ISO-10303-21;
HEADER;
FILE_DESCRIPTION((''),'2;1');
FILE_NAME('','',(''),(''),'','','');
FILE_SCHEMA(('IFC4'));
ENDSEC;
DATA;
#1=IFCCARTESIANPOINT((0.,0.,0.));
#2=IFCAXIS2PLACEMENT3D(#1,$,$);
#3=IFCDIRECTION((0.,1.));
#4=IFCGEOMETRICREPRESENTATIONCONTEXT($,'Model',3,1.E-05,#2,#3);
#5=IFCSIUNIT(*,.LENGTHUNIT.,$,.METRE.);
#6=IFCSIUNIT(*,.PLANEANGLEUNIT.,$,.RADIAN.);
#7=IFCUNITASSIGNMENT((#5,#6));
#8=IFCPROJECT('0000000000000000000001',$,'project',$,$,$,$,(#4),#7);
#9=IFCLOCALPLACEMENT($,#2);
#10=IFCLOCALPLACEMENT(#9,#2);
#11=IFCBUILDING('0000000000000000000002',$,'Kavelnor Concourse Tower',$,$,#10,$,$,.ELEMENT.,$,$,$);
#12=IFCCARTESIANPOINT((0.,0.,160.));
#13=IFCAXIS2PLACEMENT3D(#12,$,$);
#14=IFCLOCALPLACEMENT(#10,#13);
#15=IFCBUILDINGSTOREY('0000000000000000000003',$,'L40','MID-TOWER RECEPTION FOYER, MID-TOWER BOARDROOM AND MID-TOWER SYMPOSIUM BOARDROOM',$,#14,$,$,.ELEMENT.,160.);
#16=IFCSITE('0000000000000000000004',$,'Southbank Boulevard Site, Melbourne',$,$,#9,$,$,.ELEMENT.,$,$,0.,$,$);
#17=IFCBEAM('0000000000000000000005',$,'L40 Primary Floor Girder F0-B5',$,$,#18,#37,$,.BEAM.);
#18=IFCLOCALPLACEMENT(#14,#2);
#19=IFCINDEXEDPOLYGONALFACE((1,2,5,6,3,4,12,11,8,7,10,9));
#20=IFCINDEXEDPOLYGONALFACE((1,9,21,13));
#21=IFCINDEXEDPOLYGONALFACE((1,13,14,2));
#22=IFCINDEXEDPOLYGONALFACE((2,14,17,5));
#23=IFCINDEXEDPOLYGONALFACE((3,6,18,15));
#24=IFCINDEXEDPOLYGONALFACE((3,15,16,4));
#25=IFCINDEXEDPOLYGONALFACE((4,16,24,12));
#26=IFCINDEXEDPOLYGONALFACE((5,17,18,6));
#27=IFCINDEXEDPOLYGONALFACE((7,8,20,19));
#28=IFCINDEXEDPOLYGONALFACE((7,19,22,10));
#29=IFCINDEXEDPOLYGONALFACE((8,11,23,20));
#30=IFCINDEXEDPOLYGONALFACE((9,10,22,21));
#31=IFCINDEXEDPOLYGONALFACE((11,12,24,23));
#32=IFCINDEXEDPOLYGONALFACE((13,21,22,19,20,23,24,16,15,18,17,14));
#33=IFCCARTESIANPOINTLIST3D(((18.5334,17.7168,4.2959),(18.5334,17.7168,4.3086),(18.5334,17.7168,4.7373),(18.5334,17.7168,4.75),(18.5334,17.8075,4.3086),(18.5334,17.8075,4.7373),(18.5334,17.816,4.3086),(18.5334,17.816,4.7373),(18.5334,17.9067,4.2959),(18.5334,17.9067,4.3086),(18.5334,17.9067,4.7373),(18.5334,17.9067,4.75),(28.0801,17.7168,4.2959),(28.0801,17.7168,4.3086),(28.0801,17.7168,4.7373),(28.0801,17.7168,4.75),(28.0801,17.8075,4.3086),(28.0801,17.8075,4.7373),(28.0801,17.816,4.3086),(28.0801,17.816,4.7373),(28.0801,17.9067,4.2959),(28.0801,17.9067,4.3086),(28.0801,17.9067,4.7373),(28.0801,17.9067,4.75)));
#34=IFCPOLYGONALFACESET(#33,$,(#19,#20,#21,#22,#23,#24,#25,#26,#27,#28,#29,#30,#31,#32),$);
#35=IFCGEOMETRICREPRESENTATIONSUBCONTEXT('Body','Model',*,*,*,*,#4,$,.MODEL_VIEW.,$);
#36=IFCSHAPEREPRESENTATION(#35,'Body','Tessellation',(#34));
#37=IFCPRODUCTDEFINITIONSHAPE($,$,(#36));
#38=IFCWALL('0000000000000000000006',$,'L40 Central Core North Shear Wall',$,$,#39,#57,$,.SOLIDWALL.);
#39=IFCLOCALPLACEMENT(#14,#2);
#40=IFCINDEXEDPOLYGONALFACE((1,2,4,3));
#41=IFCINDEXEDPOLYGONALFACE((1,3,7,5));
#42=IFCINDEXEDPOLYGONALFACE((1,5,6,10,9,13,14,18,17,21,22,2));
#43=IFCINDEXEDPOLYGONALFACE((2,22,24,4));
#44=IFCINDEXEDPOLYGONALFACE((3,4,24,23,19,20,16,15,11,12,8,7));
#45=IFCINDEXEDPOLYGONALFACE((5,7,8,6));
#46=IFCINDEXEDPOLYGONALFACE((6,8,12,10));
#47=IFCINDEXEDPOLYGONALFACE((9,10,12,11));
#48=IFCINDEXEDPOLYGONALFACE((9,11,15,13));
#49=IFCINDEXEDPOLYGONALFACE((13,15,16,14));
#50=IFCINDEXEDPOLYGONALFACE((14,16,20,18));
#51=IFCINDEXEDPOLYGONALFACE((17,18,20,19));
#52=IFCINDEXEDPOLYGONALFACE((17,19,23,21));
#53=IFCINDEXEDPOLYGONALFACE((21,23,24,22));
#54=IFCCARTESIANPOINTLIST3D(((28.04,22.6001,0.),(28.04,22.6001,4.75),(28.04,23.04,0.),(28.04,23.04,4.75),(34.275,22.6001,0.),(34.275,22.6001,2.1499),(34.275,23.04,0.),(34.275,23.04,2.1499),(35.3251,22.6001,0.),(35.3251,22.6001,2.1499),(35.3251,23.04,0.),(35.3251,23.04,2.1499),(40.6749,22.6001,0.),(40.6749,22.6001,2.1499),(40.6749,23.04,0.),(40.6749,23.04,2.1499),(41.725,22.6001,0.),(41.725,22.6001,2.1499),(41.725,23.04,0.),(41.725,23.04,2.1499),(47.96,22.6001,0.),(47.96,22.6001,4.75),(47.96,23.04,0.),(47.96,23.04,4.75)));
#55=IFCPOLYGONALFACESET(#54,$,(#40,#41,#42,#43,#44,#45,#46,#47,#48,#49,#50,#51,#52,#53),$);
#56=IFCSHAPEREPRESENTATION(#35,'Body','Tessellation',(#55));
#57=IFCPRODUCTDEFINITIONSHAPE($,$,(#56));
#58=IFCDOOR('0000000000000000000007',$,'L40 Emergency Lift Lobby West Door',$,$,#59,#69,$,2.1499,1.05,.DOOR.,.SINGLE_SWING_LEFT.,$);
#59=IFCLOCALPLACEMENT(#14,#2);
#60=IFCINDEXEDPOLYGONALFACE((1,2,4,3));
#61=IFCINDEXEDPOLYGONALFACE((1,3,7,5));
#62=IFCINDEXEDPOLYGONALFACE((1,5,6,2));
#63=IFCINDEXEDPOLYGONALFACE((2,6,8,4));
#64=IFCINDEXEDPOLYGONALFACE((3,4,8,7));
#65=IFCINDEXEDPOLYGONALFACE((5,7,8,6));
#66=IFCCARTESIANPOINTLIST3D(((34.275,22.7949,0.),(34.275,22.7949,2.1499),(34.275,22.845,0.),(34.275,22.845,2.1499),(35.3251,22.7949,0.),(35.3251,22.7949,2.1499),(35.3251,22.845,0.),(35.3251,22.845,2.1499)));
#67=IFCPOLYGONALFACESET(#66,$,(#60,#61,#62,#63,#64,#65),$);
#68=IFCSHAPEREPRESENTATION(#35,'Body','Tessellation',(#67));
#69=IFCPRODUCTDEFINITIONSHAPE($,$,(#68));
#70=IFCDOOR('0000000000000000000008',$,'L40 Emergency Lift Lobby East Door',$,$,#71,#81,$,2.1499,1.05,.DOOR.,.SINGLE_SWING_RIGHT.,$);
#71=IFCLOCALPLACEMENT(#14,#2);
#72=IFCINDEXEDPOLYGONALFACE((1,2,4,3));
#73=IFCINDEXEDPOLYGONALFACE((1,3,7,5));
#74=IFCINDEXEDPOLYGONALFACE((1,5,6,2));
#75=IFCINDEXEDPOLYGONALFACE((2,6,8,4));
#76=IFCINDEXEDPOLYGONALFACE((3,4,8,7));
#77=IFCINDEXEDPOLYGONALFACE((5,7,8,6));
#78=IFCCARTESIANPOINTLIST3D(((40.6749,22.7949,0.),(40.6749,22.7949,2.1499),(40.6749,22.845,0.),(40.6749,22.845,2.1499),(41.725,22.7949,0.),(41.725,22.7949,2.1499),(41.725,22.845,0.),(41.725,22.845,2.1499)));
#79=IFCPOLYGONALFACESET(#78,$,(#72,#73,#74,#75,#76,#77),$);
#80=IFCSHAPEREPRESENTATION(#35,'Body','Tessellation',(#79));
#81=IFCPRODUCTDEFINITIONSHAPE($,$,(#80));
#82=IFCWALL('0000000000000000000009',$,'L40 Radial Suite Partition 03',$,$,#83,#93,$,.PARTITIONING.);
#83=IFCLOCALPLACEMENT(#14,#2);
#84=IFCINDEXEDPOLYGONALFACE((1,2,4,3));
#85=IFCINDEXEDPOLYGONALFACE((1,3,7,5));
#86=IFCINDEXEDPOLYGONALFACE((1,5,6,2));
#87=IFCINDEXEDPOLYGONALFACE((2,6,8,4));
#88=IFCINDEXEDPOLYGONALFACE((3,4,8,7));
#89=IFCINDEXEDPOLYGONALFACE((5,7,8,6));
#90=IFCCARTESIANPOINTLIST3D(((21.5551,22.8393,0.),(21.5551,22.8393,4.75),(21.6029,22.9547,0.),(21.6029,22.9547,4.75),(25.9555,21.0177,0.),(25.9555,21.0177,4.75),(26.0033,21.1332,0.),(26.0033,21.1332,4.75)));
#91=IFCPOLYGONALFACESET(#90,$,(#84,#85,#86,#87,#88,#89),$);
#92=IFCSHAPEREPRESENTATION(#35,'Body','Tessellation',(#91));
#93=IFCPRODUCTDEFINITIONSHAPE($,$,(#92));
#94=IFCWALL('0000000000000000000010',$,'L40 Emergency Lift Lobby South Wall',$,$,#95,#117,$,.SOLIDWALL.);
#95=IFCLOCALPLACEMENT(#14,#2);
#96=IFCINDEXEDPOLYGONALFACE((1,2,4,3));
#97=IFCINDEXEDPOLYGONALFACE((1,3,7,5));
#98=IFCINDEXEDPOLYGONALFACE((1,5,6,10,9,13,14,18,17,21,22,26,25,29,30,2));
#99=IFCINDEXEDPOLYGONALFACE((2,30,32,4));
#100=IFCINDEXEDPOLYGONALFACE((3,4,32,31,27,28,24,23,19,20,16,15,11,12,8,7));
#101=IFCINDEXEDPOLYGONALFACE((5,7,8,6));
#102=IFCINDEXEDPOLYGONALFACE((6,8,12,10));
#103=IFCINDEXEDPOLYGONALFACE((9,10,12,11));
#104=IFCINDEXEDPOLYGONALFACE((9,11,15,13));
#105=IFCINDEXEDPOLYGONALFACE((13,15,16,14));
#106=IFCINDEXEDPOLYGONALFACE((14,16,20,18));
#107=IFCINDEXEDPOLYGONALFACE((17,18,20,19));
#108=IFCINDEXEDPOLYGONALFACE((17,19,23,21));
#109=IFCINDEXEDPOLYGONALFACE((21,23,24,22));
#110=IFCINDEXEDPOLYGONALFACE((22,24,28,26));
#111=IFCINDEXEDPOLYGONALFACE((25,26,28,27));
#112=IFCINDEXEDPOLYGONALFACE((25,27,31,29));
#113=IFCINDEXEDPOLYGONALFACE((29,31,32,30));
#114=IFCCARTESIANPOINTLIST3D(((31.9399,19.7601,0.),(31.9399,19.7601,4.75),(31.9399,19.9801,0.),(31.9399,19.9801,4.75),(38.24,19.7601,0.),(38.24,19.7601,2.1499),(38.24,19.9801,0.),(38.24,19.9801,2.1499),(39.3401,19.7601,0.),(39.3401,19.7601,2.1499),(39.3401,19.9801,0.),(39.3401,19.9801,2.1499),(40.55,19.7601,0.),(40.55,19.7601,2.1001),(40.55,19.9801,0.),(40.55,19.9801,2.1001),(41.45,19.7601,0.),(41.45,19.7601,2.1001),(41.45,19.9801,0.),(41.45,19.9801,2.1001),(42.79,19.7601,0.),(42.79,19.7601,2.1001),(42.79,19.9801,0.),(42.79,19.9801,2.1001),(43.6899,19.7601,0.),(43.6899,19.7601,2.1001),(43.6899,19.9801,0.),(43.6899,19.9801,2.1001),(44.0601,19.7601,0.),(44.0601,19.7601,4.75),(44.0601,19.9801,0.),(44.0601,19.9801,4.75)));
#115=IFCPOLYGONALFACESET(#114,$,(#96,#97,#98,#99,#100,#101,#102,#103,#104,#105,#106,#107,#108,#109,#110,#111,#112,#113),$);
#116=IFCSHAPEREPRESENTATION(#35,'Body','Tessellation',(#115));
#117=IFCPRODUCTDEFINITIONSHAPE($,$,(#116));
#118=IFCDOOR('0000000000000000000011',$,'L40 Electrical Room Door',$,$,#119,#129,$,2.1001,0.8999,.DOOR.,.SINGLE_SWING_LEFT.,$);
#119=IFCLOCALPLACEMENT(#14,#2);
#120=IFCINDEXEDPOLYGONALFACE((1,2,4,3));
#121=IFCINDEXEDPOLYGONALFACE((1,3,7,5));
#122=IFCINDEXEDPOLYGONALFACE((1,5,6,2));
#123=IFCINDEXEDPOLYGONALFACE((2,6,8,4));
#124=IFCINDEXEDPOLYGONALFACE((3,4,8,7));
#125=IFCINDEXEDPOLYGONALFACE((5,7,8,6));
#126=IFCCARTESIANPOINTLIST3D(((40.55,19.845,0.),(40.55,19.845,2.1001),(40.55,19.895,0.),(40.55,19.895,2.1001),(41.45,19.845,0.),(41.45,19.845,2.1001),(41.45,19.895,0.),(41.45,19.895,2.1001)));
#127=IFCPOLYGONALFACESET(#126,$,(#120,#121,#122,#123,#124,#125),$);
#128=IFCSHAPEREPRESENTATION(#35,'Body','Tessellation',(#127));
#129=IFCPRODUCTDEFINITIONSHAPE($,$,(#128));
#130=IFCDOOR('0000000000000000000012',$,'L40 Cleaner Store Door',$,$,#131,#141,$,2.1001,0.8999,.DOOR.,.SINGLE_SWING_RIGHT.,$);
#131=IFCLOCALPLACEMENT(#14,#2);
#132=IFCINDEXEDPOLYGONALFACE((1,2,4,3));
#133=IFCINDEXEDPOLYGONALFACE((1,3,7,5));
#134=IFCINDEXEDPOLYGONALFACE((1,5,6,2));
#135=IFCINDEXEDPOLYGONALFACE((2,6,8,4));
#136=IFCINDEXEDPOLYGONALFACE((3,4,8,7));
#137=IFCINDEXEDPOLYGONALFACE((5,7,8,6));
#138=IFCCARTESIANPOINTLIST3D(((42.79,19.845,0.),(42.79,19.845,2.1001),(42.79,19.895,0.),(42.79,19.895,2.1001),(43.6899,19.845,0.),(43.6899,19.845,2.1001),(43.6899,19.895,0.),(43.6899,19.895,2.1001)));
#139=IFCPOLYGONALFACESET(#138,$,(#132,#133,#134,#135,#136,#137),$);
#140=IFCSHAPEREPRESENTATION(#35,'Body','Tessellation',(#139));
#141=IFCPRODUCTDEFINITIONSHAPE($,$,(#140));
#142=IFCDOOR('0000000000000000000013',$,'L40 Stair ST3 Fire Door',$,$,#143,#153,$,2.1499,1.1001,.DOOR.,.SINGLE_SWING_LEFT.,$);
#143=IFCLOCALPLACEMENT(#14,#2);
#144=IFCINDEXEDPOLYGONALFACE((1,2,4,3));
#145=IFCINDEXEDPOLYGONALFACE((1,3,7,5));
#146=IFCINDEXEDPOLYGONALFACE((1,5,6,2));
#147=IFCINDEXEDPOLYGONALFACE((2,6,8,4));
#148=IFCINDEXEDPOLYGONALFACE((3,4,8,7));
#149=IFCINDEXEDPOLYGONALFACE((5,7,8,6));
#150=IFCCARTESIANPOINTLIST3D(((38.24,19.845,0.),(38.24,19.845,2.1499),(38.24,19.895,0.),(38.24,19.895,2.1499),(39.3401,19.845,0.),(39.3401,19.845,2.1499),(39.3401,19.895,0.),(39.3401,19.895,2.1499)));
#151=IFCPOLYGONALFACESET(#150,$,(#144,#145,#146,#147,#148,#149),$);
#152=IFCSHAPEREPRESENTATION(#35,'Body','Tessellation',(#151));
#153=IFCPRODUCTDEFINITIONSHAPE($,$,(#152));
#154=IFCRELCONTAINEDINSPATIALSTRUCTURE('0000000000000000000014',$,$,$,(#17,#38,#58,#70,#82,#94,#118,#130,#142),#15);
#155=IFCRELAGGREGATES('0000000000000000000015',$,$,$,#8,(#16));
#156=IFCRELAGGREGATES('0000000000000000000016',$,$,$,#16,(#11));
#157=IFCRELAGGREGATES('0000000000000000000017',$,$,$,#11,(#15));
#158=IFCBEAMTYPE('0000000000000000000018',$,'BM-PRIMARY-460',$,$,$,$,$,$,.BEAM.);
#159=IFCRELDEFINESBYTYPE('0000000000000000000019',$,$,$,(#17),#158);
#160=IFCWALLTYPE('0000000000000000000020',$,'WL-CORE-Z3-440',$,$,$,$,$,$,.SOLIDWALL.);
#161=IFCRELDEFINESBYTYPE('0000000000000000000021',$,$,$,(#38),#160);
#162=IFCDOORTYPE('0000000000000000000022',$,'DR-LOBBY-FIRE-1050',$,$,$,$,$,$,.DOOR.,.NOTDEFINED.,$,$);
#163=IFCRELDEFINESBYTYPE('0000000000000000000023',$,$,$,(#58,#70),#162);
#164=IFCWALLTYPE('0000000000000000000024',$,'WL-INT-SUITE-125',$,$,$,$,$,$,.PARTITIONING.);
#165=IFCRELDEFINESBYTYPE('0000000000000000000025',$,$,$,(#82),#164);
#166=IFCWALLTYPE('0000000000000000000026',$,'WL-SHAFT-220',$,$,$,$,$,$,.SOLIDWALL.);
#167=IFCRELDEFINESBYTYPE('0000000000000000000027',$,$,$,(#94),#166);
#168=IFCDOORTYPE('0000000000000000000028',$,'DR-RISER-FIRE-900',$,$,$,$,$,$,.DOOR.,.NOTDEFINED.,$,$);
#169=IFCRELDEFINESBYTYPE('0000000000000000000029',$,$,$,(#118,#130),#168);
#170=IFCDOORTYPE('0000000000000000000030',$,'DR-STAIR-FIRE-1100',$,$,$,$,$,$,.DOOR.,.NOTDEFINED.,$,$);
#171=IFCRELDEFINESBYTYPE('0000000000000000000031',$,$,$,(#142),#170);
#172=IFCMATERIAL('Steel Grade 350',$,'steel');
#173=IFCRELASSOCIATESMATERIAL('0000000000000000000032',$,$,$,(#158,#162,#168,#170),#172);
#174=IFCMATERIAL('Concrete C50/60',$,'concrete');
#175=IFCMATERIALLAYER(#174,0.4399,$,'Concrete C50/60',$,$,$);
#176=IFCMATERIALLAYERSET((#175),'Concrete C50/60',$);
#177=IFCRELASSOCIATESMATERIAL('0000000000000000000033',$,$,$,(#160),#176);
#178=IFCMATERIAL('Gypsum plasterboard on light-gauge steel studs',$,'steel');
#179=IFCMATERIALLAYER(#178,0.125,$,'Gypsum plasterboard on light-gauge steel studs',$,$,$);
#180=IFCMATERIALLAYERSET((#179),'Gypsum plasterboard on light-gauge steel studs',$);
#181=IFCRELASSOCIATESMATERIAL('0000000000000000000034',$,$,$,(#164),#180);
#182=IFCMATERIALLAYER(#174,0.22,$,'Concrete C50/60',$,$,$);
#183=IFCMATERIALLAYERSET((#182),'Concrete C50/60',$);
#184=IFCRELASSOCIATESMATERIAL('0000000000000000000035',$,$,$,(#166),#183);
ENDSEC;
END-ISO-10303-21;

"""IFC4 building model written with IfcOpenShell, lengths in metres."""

from ifc_helpers import new_model, si_unit, direction, frame, frame_2d, origin, origin_2d, place, context, subcontext, project, spatial, rectangle, i_section, extrude, material, layer, layer_set, material_profile, profile_set, type_object, element, fill, save


model = new_model("IFC4")

# Units and contexts
model_context = context("Model", 3, precision=1e-05, world=origin(), true_north=direction((0.0, 1.0)))
body_context = subcontext(model_context, "Body", "Model", "MODEL_VIEW")
ifc_project = project(units=[si_unit("LENGTHUNIT", "METRE"), si_unit("PLANEANGLEUNIT", "RADIAN")], contexts=[model_context])

# Site, building, storey
site_placement = place(None, origin())
site = spatial("IfcSite", under=ifc_project, at=site_placement, Name="Southbank Boulevard Site, Melbourne", CompositionType="ELEMENT", RefElevation=0.0)
building_placement = place(site_placement, origin())
building = spatial("IfcBuilding", under=site, at=building_placement, Name="Kavelnor Concourse Tower", CompositionType="ELEMENT")
storey_placement = place(building_placement, frame((0.0, 0.0, 160.0)))
storey = spatial("IfcBuildingStorey", under=building, at=storey_placement, Name="L40", Description="MID-TOWER RECEPTION FOYER, MID-TOWER BOARDROOM AND MID-TOWER SYMPOSIUM BOARDROOM", CompositionType="ELEMENT", Elevation=160.0)

# Beam
ifc_material_1 = material(Name="Steel Grade 350", Category="steel")
ifc_material_profile_1 = material_profile(ifc_material_1, i_section(OverallWidth=0.1899, OverallDepth=0.4541, WebThickness=0.0085, FlangeThickness=0.0127, at=origin_2d()), Name="460UB67")
ifc_profile_set_1 = profile_set([ifc_material_profile_1], Name="Steel Grade 350")
beam_type_1 = type_object("IfcBeamType", Name="BM-PRIMARY-460", PredefinedType="BEAM", material=ifc_profile_set_1)
beam_1_placement = place(storey_placement, frame((28.0801, 17.8118, 4.5229), z_axis=(-1.0, 0.0, 0.0), x_axis=(0.0, -1.0, 0.0)))
element("IfcBeam", 1, at=beam_1_placement, inside=storey, type_object=beam_type_1, Name="L40 Primary Floor Girder F0-B5", PredefinedType="BEAM", context=body_context, shape_type="SweptSolid", body=[
    extrude(i_section(OverallWidth=0.1899, OverallDepth=0.4541, WebThickness=0.0085, FlangeThickness=0.0127, at=origin_2d()), origin(), (0.0, 0.0, 1.0), 9.5466),
])

# Wall, openings, doors
ifc_material_2 = material(Name="Concrete C50/60", Category="concrete")
ifc_layer_1 = layer(ifc_material_2, 0.4399, Name="Concrete C50/60")
ifc_layer_set_1 = layer_set([ifc_layer_1], Name="Concrete C50/60")
wall_type_1 = type_object("IfcWallType", Name="WL-CORE-Z3-440", PredefinedType="SOLIDWALL", material=ifc_layer_set_1)
wall_1_placement = place(storey_placement, frame((28.04, 22.8201, 0.0), z_axis=(0.0, 0.0, 1.0), x_axis=(1.0, 0.0, 0.0)))
wall_1 = element("IfcWall", 2, at=wall_1_placement, inside=storey, type_object=wall_type_1, Name="L40 Central Core North Shear Wall", PredefinedType="SOLIDWALL", context=body_context, shape_type="SweptSolid", body=[
    extrude(rectangle(XDim=19.9199, YDim=0.4399, at=frame_2d((9.96, 0.0))), origin(), (0.0, 0.0, 1.0), 4.75),
])
opening_1_placement = place(wall_1_placement, frame((6.2351, 0.0, 0.0)))
opening_1 = element("IfcOpeningElement", 3, at=opening_1_placement, cuts=wall_1, PredefinedType="OPENING", context=body_context, shape_type="SweptSolid", body=[
    extrude(rectangle(XDim=1.05, YDim=2.1499, at=frame_2d((0.5249, 1.075))), frame((0.0, 0.23, 0.0), z_axis=(0.0, -1.0, 0.0), x_axis=(1.0, 0.0, 0.0)), (0.0, 0.0, 1.0), 0.46),
])
opening_2_placement = place(wall_1_placement, frame((12.635, 0.0, 0.0)))
opening_2 = element("IfcOpeningElement", 4, at=opening_2_placement, cuts=wall_1, PredefinedType="OPENING", context=body_context, shape_type="SweptSolid", body=[
    extrude(rectangle(XDim=1.05, YDim=2.1499, at=frame_2d((0.5249, 1.075))), frame((0.0, 0.23, 0.0), z_axis=(0.0, -1.0, 0.0), x_axis=(1.0, 0.0, 0.0)), (0.0, 0.0, 1.0), 0.46),
])
door_type_1 = type_object("IfcDoorType", Name="DR-LOBBY-FIRE-1050", OperationType="NOTDEFINED", PredefinedType="DOOR", material=ifc_material_1)
door_1_placement = place(opening_1_placement, origin())
door_1 = element("IfcDoor", 5, at=door_1_placement, inside=storey, type_object=door_type_1, Name="L40 Emergency Lift Lobby West Door", OperationType="SINGLE_SWING_LEFT", OverallHeight=2.1499, OverallWidth=1.05, PredefinedType="DOOR", context=body_context, shape_type="SweptSolid", body=[
    extrude(rectangle(XDim=1.05, YDim=2.1499, at=frame_2d((0.5249, 1.075))), frame((0.0, 0.0249, 0.0), z_axis=(0.0, -1.0, 0.0), x_axis=(1.0, 0.0, 0.0)), (0.0, 0.0, 1.0), 0.05),
])
fill(opening_1, door_1)
door_2_placement = place(opening_2_placement, origin())
door_2 = element("IfcDoor", 6, at=door_2_placement, inside=storey, type_object=door_type_1, Name="L40 Emergency Lift Lobby East Door", OperationType="SINGLE_SWING_RIGHT", OverallHeight=2.1499, OverallWidth=1.05, PredefinedType="DOOR", context=body_context, shape_type="SweptSolid", body=[
    extrude(rectangle(XDim=1.05, YDim=2.1499, at=frame_2d((0.5249, 1.075))), frame((0.0, 0.0249, 0.0), z_axis=(0.0, -1.0, 0.0), x_axis=(1.0, 0.0, 0.0)), (0.0, 0.0, 1.0), 0.05),
])
fill(opening_2, door_2)

# Wall
ifc_material_3 = material(Name="Gypsum plasterboard on light-gauge steel studs", Category="steel")
ifc_layer_2 = layer(ifc_material_3, 0.125, Name="Gypsum plasterboard on light-gauge steel studs")
ifc_layer_set_2 = layer_set([ifc_layer_2], Name="Gypsum plasterboard on light-gauge steel studs")
wall_type_2 = type_object("IfcWallType", Name="WL-INT-SUITE-125", PredefinedType="PARTITIONING", material=ifc_layer_set_2)
wall_2_placement = place(storey_placement, frame((25.9795, 21.0754, 0.0), z_axis=(0.0, 0.0, 1.0), x_axis=(-0.923966, 0.382474, 0.0)))
element("IfcWall", 7, at=wall_2_placement, inside=storey, type_object=wall_type_2, Name="L40 Radial Suite Partition 03", PredefinedType="PARTITIONING", context=body_context, shape_type="SweptSolid", body=[
    extrude(rectangle(XDim=4.7625, YDim=0.125, at=frame_2d((2.3813, 0.0))), origin(), (0.0, 0.0, 1.0), 4.75),
])

# Wall, openings, doors
ifc_layer_3 = layer(ifc_material_2, 0.22, Name="Concrete C50/60")
ifc_layer_set_3 = layer_set([ifc_layer_3], Name="Concrete C50/60")
wall_type_3 = type_object("IfcWallType", Name="WL-SHAFT-220", PredefinedType="SOLIDWALL", material=ifc_layer_set_3)
wall_3_placement = place(storey_placement, frame((31.9399, 19.8701, 0.0), z_axis=(0.0, 0.0, 1.0), x_axis=(1.0, 0.0, 0.0)))
wall_3 = element("IfcWall", 8, at=wall_3_placement, inside=storey, type_object=wall_type_3, Name="L40 Emergency Lift Lobby South Wall", PredefinedType="SOLIDWALL", context=body_context, shape_type="SweptSolid", body=[
    extrude(rectangle(XDim=12.1201, YDim=0.22, at=frame_2d((6.0601, 0.0))), origin(), (0.0, 0.0, 1.0), 4.75),
])
opening_3_placement = place(wall_3_placement, frame((6.3, 0.0, 0.0)))
opening_3 = element("IfcOpeningElement", 9, at=opening_3_placement, cuts=wall_3, PredefinedType="OPENING", context=body_context, shape_type="SweptSolid", body=[
    extrude(rectangle(XDim=1.1001, YDim=2.1499, at=frame_2d((0.55, 1.075))), frame((0.0, 0.1201, 0.0), z_axis=(0.0, -1.0, 0.0), x_axis=(1.0, 0.0, 0.0)), (0.0, 0.0, 1.0), 0.24),
])
opening_4_placement = place(wall_3_placement, frame((8.6101, 0.0, 0.0)))
opening_4 = element("IfcOpeningElement", 10, at=opening_4_placement, cuts=wall_3, PredefinedType="OPENING", context=body_context, shape_type="SweptSolid", body=[
    extrude(rectangle(XDim=0.8999, YDim=2.1001, at=frame_2d((0.45, 1.05))), frame((0.0, 0.1201, 0.0), z_axis=(0.0, -1.0, 0.0), x_axis=(1.0, 0.0, 0.0)), (0.0, 0.0, 1.0), 0.24),
])
opening_5_placement = place(wall_3_placement, frame((10.8501, 0.0, 0.0)))
opening_5 = element("IfcOpeningElement", 11, at=opening_5_placement, cuts=wall_3, PredefinedType="OPENING", context=body_context, shape_type="SweptSolid", body=[
    extrude(rectangle(XDim=0.8999, YDim=2.1001, at=frame_2d((0.45, 1.05))), frame((0.0, 0.1201, 0.0), z_axis=(0.0, -1.0, 0.0), x_axis=(1.0, 0.0, 0.0)), (0.0, 0.0, 1.0), 0.24),
])
door_type_2 = type_object("IfcDoorType", Name="DR-RISER-FIRE-900", OperationType="NOTDEFINED", PredefinedType="DOOR", material=ifc_material_1)
door_3_placement = place(opening_4_placement, origin())
door_3 = element("IfcDoor", 12, at=door_3_placement, inside=storey, type_object=door_type_2, Name="L40 Electrical Room Door", OperationType="SINGLE_SWING_LEFT", OverallHeight=2.1001, OverallWidth=0.8999, PredefinedType="DOOR", context=body_context, shape_type="SweptSolid", body=[
    extrude(rectangle(XDim=0.8999, YDim=2.1001, at=frame_2d((0.45, 1.05))), frame((0.0, 0.0249, 0.0), z_axis=(0.0, -1.0, 0.0), x_axis=(1.0, 0.0, 0.0)), (0.0, 0.0, 1.0), 0.05),
])
fill(opening_4, door_3)
door_4_placement = place(opening_5_placement, origin())
door_4 = element("IfcDoor", 13, at=door_4_placement, inside=storey, type_object=door_type_2, Name="L40 Cleaner Store Door", OperationType="SINGLE_SWING_RIGHT", OverallHeight=2.1001, OverallWidth=0.8999, PredefinedType="DOOR", context=body_context, shape_type="SweptSolid", body=[
    extrude(rectangle(XDim=0.8999, YDim=2.1001, at=frame_2d((0.45, 1.05))), frame((0.0, 0.0249, 0.0), z_axis=(0.0, -1.0, 0.0), x_axis=(1.0, 0.0, 0.0)), (0.0, 0.0, 1.0), 0.05),
])
fill(opening_5, door_4)
door_type_3 = type_object("IfcDoorType", Name="DR-STAIR-FIRE-1100", OperationType="NOTDEFINED", PredefinedType="DOOR", material=ifc_material_1)
door_5_placement = place(opening_3_placement, origin())
door_5 = element("IfcDoor", 14, at=door_5_placement, inside=storey, type_object=door_type_3, Name="L40 Stair ST3 Fire Door", OperationType="SINGLE_SWING_LEFT", OverallHeight=2.1499, OverallWidth=1.1001, PredefinedType="DOOR", context=body_context, shape_type="SweptSolid", body=[
    extrude(rectangle(XDim=1.1001, YDim=2.1499, at=frame_2d((0.55, 1.075))), frame((0.0, 0.0249, 0.0), z_axis=(0.0, -1.0, 0.0), x_axis=(1.0, 0.0, 0.0)), (0.0, 0.0, 1.0), 0.05),
])
fill(opening_3, door_5)

save(model, "model.ifc")
